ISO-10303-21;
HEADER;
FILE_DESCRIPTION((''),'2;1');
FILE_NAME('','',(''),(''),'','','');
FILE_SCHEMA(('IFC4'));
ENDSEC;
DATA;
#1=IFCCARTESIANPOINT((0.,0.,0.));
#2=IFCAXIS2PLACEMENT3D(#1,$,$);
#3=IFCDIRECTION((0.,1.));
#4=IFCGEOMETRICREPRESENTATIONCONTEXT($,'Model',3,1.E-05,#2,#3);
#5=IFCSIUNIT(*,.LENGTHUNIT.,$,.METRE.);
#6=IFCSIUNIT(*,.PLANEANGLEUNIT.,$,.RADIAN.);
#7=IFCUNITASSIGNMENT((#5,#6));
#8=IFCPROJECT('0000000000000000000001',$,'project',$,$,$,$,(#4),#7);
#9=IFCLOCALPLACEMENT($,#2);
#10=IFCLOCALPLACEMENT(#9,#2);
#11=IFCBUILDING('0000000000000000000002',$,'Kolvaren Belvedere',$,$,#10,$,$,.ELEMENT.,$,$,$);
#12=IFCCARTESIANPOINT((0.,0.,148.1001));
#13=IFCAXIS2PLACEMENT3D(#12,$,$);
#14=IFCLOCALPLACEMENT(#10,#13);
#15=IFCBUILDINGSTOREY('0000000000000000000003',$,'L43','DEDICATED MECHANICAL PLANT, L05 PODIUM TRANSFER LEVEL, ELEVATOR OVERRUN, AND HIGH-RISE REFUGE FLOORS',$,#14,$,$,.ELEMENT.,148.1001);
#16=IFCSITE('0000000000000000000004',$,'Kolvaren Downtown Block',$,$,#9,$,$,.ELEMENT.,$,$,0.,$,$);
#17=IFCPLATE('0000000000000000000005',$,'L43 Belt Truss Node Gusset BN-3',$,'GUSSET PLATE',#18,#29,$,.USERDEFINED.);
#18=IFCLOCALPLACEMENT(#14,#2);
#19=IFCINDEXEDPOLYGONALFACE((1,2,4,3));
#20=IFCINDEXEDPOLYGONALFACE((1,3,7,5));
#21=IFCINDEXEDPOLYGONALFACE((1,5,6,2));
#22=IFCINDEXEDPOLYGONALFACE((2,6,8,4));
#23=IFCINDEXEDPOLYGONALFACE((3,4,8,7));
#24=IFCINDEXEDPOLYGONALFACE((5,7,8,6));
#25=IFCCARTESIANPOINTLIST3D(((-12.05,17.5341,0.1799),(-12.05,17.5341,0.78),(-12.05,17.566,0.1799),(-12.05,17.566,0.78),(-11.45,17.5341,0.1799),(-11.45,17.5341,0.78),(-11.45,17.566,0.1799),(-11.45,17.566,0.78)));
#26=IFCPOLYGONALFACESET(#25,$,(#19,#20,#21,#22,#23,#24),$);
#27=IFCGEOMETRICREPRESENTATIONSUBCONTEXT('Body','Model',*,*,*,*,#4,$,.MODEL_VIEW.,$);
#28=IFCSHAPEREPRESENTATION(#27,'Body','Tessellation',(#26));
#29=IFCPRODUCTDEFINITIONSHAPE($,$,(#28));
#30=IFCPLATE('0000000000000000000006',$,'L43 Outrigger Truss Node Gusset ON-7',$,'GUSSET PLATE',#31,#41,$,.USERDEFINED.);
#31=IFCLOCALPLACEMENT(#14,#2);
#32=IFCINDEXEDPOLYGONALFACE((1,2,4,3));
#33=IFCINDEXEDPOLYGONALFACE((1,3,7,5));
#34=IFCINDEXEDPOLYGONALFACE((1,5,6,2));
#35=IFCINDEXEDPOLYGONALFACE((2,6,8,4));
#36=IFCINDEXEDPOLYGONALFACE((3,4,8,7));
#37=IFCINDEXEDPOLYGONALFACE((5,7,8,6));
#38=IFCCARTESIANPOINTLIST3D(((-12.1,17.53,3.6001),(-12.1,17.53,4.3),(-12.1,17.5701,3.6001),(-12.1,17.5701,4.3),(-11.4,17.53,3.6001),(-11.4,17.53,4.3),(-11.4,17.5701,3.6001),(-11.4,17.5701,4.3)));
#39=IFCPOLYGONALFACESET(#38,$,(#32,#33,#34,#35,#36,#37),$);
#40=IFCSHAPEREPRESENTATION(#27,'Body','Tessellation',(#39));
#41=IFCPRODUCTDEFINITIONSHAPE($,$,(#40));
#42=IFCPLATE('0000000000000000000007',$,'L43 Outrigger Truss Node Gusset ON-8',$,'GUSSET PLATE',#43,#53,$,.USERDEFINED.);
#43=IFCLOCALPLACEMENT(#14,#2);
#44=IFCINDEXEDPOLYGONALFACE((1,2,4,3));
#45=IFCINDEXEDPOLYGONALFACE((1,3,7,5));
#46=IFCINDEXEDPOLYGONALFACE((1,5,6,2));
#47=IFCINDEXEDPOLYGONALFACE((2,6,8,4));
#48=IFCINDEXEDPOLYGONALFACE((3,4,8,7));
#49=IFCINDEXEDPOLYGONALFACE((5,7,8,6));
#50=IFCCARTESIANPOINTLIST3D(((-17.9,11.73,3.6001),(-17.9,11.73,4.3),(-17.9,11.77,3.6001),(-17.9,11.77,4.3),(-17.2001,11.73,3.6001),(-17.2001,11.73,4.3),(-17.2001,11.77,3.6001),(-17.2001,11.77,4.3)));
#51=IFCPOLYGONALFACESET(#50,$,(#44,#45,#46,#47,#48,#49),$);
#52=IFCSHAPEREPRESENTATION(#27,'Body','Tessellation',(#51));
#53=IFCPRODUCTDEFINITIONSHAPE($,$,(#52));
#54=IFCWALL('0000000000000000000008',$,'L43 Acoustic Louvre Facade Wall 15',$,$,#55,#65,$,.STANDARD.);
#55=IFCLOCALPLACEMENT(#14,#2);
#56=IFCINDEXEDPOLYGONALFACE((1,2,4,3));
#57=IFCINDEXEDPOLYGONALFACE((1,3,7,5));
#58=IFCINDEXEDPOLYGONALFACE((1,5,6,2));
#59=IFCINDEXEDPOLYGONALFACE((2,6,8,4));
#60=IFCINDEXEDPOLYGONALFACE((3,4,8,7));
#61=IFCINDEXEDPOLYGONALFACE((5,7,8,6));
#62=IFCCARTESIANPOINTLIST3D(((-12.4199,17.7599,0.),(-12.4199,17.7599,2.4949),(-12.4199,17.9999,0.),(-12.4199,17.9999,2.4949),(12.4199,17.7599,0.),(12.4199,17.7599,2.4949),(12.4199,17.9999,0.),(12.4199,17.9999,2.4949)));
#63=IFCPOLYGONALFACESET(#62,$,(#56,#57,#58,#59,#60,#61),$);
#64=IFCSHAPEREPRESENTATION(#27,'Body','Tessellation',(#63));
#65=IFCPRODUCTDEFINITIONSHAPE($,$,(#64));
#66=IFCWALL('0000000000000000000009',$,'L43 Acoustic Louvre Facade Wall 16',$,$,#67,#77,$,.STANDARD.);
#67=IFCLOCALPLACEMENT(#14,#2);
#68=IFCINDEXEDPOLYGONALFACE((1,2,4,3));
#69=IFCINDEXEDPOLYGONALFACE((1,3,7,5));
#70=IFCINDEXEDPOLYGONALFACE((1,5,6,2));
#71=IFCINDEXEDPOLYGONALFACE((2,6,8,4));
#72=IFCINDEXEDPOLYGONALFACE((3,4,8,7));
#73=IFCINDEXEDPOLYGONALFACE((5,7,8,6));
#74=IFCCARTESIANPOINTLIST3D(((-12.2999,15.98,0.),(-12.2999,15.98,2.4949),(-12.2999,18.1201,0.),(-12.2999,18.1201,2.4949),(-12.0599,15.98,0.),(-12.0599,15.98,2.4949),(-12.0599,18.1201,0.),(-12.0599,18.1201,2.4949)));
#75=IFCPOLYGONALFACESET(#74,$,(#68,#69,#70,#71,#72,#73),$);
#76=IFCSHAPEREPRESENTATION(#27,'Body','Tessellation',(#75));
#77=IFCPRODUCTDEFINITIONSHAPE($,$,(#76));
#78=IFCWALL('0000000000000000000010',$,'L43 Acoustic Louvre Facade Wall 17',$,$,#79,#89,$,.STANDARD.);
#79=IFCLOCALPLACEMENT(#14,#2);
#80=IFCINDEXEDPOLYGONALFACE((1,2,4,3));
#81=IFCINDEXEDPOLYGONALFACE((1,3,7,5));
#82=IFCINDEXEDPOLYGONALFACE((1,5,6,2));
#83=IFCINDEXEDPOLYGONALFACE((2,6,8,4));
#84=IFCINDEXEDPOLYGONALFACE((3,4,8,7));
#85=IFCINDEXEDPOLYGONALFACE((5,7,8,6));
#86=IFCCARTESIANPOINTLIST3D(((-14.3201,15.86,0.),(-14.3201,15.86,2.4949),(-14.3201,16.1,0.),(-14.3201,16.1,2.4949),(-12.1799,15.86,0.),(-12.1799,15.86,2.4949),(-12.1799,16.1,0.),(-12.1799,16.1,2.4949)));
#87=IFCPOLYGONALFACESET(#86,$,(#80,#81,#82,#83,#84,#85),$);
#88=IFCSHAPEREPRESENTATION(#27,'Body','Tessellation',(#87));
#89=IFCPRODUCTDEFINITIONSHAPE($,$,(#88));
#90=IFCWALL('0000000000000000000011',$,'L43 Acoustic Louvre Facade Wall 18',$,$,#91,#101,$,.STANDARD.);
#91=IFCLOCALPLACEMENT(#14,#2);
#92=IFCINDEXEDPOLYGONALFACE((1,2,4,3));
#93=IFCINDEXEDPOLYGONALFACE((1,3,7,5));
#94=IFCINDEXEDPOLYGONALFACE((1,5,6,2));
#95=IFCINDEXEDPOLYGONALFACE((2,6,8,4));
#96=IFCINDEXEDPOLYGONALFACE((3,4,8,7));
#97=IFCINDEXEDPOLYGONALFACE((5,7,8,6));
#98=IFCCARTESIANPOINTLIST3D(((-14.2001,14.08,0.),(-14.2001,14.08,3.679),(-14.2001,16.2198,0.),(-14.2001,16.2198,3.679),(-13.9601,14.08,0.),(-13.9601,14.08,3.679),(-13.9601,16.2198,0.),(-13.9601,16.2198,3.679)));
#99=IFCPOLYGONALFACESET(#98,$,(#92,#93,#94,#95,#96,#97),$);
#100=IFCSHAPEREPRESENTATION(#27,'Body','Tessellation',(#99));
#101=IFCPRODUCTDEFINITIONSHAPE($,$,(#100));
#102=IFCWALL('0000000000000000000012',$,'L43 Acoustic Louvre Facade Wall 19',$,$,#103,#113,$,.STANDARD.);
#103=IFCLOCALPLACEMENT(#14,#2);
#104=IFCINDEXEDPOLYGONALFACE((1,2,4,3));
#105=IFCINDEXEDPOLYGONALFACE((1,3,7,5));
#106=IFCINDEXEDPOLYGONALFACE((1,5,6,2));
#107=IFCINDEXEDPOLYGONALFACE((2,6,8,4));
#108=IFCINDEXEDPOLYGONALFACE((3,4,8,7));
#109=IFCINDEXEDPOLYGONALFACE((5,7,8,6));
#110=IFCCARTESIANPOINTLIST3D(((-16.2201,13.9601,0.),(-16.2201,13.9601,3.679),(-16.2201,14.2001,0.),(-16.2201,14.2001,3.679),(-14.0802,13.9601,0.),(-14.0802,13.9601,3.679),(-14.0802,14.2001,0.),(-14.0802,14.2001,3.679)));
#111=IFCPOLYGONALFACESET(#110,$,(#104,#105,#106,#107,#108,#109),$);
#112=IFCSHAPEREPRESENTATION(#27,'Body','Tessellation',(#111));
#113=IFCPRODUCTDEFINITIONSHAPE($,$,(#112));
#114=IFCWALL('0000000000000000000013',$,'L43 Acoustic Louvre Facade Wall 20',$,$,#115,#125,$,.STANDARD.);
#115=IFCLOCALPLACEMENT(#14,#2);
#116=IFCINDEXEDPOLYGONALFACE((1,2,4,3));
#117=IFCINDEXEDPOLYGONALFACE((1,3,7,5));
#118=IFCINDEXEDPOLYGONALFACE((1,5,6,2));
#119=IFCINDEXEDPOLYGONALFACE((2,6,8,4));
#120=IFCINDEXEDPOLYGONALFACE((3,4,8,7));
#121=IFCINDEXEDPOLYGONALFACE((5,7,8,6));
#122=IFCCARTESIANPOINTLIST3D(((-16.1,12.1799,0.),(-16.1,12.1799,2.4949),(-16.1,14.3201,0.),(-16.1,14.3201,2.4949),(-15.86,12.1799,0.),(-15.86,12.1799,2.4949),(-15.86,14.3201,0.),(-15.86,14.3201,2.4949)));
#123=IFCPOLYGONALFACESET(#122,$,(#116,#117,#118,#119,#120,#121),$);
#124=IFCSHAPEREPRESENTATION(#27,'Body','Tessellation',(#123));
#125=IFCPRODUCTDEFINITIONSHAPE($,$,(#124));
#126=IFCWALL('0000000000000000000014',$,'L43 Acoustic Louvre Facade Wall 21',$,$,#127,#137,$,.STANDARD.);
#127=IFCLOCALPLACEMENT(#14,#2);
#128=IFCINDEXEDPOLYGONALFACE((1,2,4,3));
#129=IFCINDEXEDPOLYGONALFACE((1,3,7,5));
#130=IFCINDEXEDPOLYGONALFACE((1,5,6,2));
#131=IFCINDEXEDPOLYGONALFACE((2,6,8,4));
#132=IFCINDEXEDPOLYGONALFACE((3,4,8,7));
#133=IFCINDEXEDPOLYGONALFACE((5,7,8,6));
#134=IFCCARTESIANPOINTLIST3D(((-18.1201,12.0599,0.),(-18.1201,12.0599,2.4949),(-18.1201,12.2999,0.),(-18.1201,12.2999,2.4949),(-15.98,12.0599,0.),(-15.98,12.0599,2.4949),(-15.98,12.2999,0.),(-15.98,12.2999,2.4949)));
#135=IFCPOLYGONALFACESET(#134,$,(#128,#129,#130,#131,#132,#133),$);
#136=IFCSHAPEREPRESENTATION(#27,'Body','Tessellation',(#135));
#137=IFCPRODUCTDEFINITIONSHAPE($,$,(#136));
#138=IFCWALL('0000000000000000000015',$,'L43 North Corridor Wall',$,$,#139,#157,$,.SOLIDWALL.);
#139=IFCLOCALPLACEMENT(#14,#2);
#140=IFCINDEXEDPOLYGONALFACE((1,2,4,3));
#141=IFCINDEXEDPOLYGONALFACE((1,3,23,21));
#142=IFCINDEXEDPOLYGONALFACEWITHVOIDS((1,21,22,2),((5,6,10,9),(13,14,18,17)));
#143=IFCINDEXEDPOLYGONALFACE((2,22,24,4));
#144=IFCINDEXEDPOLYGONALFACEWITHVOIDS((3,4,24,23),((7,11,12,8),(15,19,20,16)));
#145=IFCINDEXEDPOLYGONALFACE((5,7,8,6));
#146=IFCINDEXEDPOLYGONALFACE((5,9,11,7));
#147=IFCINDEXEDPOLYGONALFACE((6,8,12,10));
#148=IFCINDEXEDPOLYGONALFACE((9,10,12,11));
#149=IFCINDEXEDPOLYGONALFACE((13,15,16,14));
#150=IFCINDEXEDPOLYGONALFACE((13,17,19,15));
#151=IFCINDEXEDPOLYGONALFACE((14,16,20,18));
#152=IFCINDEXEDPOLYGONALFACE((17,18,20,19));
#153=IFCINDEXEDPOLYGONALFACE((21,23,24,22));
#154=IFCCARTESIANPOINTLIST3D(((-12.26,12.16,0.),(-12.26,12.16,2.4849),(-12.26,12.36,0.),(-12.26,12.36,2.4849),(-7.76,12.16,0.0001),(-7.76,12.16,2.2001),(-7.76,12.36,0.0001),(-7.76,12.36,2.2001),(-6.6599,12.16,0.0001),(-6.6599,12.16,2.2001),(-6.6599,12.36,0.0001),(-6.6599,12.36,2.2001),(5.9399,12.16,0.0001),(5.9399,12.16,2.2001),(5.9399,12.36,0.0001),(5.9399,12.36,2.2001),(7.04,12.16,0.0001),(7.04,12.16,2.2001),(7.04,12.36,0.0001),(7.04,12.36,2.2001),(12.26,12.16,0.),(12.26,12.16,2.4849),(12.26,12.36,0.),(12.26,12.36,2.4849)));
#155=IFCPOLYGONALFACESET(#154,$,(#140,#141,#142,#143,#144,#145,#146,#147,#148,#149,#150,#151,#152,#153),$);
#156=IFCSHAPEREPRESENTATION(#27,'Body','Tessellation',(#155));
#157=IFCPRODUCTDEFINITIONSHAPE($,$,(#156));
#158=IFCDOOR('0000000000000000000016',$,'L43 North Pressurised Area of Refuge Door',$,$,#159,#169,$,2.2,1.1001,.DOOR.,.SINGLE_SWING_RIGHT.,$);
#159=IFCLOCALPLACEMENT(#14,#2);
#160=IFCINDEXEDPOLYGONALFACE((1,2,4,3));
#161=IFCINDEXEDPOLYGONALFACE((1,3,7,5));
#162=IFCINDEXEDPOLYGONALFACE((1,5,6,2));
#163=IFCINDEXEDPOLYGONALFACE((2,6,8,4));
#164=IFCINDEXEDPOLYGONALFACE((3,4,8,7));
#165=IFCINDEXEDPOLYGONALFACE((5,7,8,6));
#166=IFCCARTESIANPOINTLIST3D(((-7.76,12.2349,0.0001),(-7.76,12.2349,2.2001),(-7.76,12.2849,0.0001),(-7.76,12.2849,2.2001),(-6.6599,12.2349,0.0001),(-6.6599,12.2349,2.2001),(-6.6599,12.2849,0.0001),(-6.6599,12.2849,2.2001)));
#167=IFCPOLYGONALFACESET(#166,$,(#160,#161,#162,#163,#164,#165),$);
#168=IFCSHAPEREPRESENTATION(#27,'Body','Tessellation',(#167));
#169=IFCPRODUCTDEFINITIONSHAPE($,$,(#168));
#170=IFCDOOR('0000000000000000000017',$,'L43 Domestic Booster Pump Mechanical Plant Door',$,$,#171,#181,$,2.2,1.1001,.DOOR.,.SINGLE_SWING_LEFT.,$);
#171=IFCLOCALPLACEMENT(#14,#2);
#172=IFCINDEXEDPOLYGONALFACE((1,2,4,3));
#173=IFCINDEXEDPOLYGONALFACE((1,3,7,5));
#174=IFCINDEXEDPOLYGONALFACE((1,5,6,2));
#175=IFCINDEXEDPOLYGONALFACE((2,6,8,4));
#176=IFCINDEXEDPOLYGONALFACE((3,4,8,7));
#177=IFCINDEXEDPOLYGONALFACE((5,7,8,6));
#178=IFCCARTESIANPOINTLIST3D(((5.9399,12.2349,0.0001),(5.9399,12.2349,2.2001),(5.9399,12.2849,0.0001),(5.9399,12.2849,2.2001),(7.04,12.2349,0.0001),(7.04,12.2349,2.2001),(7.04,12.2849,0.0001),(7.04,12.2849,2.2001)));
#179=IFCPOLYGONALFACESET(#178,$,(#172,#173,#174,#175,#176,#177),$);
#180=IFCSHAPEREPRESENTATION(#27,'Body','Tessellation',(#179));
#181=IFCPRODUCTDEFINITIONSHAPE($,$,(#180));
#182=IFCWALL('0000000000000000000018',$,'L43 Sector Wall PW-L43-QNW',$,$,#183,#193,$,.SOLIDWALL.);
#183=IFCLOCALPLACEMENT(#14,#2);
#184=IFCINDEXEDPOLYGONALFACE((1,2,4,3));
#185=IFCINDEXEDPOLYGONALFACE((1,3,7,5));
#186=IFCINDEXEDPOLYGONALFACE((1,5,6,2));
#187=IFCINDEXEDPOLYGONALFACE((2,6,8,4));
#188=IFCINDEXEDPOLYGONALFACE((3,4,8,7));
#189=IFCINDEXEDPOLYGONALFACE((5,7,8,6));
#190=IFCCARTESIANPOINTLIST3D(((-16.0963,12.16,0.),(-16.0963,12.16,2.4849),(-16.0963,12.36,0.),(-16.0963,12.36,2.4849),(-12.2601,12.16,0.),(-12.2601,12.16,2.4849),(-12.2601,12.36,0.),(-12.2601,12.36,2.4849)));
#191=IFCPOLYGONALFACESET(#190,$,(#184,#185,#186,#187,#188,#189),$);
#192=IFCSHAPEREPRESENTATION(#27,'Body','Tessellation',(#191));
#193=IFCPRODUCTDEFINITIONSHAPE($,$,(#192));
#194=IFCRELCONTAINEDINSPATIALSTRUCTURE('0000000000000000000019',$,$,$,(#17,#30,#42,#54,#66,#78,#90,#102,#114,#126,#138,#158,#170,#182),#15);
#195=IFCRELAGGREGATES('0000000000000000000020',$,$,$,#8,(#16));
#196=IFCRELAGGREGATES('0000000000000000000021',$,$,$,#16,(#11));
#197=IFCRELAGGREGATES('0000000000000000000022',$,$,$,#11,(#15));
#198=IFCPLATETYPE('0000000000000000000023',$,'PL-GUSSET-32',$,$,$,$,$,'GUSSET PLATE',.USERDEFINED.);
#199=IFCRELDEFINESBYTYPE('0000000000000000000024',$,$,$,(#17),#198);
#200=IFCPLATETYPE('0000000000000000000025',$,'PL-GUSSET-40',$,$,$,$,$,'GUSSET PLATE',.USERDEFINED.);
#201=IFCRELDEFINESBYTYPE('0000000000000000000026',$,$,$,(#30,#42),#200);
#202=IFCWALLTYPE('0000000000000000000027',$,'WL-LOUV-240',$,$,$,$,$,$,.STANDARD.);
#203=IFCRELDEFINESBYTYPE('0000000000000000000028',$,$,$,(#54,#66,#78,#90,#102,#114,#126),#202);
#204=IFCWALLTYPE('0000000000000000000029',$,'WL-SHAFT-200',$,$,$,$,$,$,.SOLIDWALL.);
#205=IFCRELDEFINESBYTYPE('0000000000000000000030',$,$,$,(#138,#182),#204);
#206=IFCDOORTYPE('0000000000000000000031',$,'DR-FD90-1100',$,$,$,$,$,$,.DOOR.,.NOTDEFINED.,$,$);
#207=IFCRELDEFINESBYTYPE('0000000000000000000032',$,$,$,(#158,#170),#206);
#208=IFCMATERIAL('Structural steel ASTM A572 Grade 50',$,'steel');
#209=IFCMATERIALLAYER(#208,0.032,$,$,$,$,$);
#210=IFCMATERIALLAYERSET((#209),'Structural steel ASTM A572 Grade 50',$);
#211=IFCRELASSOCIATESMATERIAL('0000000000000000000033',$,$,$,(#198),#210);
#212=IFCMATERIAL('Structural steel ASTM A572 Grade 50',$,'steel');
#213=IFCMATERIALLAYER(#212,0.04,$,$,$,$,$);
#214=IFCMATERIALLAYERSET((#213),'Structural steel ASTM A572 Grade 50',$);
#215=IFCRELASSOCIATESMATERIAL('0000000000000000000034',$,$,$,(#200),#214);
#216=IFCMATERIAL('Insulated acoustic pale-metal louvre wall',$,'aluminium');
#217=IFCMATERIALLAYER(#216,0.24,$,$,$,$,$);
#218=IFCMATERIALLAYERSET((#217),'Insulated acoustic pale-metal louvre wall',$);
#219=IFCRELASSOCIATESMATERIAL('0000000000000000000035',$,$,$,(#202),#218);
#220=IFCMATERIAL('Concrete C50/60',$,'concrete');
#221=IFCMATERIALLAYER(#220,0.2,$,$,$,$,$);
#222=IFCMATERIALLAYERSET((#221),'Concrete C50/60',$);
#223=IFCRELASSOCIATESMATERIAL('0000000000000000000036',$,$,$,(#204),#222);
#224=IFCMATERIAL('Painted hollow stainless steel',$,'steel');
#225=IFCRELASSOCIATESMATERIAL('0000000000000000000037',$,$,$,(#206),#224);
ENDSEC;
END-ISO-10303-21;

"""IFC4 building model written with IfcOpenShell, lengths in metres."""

from ifc_helpers import new_model, si_unit, direction, frame, frame_2d, origin, origin_2d, place, context, subcontext, project, spatial, rectangle, extrude, material, layer, layer_set, type_object, element, fill, save


model = new_model("IFC4")

# Units and contexts
model_context = context("Model", 3, precision=1e-05, world=origin(), true_north=direction((0.0, 1.0)))
body_context = subcontext(model_context, "Body", "Model", "MODEL_VIEW")
ifc_project = project(units=[si_unit("LENGTHUNIT", "METRE"), si_unit("PLANEANGLEUNIT", "RADIAN")], contexts=[model_context])

# Site, building, storey
site_placement = place(None, origin())
site = spatial("IfcSite", under=ifc_project, at=site_placement, Name="Kolvaren Downtown Block", CompositionType="ELEMENT", RefElevation=0.0)
building_placement = place(site_placement, origin())
building = spatial("IfcBuilding", under=site, at=building_placement, Name="Kolvaren Belvedere", CompositionType="ELEMENT")
storey_placement = place(building_placement, frame((0.0, 0.0, 148.1001)))
storey = spatial("IfcBuildingStorey", under=building, at=storey_placement, Name="L43", Description="DEDICATED MECHANICAL PLANT, L05 PODIUM TRANSFER LEVEL, ELEVATOR OVERRUN, AND HIGH-RISE REFUGE FLOORS", CompositionType="ELEMENT", Elevation=148.1001)

# Plates
ifc_material_1 = material(Name="Structural steel ASTM A572 Grade 50", Category="steel")
ifc_layer_1 = layer(ifc_material_1, 0.032)
ifc_layer_set_1 = layer_set([ifc_layer_1], Name="Structural steel ASTM A572 Grade 50")
plate_type_1 = type_object("IfcPlateType", Name="PL-GUSSET-32", ElementType="GUSSET PLATE", PredefinedType="USERDEFINED", material=ifc_layer_set_1)
plate_placement = place(storey_placement, frame((-11.75, 17.55, 0.1799), z_axis=(0.0, 0.0, 1.0), x_axis=(1.0, 0.0, 0.0)))
element("IfcPlate", 1, at=plate_placement, inside=storey, type_object=plate_type_1, Name="L43 Belt Truss Node Gusset BN-3", ObjectType="GUSSET PLATE", PredefinedType="USERDEFINED", context=body_context, shape_type="SweptSolid", body=[
    extrude(rectangle(XDim=0.6001, YDim=0.032, at=origin_2d()), origin(), (0.0, 0.0, 1.0), 0.6001),
])
ifc_material_2 = material(Name="Structural steel ASTM A572 Grade 50", Category="steel")
ifc_layer_2 = layer(ifc_material_2, 0.04)
ifc_layer_set_2 = layer_set([ifc_layer_2], Name="Structural steel ASTM A572 Grade 50")
plate_type_2 = type_object("IfcPlateType", Name="PL-GUSSET-40", ElementType="GUSSET PLATE", PredefinedType="USERDEFINED", material=ifc_layer_set_2)
for number, where, z_axis, x_axis, name in (
    (2, (-11.75, 17.55, 3.6001), (0.0, 0.0, 1.0), (1.0, 0.0, 0.0), "L43 Outrigger Truss Node Gusset ON-7"),
    (3, (-17.55, 11.75, 3.6001), (0.0, 0.0, 1.0), (1.0, 0.0, 0.0), "L43 Outrigger Truss Node Gusset ON-8"),
):
    element("IfcPlate", number, at=place(storey_placement, frame(where, z_axis=z_axis, x_axis=x_axis)), inside=storey, type_object=plate_type_2, Name=name, ObjectType="GUSSET PLATE", PredefinedType="USERDEFINED", context=body_context, shape_type="SweptSolid", body=[
        extrude(rectangle(XDim=0.7, YDim=0.04, at=origin_2d()), origin(), (0.0, 0.0, 1.0), 0.7),
    ])

# Walls
ifc_material_3 = material(Name="Insulated acoustic pale-metal louvre wall", Category="aluminium")
ifc_layer_3 = layer(ifc_material_3, 0.24)
ifc_layer_set_3 = layer_set([ifc_layer_3], Name="Insulated acoustic pale-metal louvre wall")
wall_type_1 = type_object("IfcWallType", Name="WL-LOUV-240", PredefinedType="STANDARD", material=ifc_layer_set_3)
wall_1_placement = place(storey_placement, frame((-12.4199, 17.8799, 0.0), z_axis=(0.0, 0.0, 1.0), x_axis=(1.0, 0.0, 0.0)))
element("IfcWall", 4, at=wall_1_placement, inside=storey, type_object=wall_type_1, Name="L43 Acoustic Louvre Facade Wall 15", PredefinedType="STANDARD", context=body_context, shape_type="SweptSolid", body=[
    extrude(rectangle(XDim=24.8398, YDim=0.24, at=frame_2d((12.4199, 0.0))), origin(), (0.0, 0.0, 1.0), 2.4949),
])
for number, where, z_axis, x_axis, name in (
    (5, (-12.1799, 15.98, 0.0), (0.0, 0.0, 1.0), (0.0, 1.0, 0.0), "L43 Acoustic Louvre Facade Wall 16"),
    (6, (-14.3201, 15.98, 0.0), (0.0, 0.0, 1.0), (1.0, 0.0, 0.0), "L43 Acoustic Louvre Facade Wall 17"),
):
    element("IfcWall", number, at=place(storey_placement, frame(where, z_axis=z_axis, x_axis=x_axis)), inside=storey, type_object=wall_type_1, Name=name, PredefinedType="STANDARD", context=body_context, shape_type="SweptSolid", body=[
        extrude(rectangle(XDim=2.1401, YDim=0.24, at=frame_2d((1.0701, 0.0))), origin(), (0.0, 0.0, 1.0), 2.4949),
    ])
for number, where, z_axis, x_axis, name in (
    (7, (-14.0801, 14.0801, 0.0), (0.0, 0.0, 1.0), (0.0, 1.0, 0.0), "L43 Acoustic Louvre Facade Wall 18"),
    (8, (-16.22, 14.0801, 0.0), (0.0, 0.0, 1.0), (1.0, 0.0, 0.0), "L43 Acoustic Louvre Facade Wall 19"),
):
    element("IfcWall", number, at=place(storey_placement, frame(where, z_axis=z_axis, x_axis=x_axis)), inside=storey, type_object=wall_type_1, Name=name, PredefinedType="STANDARD", context=body_context, shape_type="SweptSolid", body=[
        extrude(rectangle(XDim=2.1399, YDim=0.24, at=frame_2d((1.0698, 0.0))), origin(), (0.0, 0.0, 1.0), 3.679),
    ])
for number, where, z_axis, x_axis, name in (
    (9, (-15.98, 12.1799, 0.0), (0.0, 0.0, 1.0), (0.0, 1.0, 0.0), "L43 Acoustic Louvre Facade Wall 20"),
    (10, (-18.1201, 12.1799, 0.0), (0.0, 0.0, 1.0), (1.0, 0.0, 0.0), "L43 Acoustic Louvre Facade Wall 21"),
):
    element("IfcWall", number, at=place(storey_placement, frame(where, z_axis=z_axis, x_axis=x_axis)), inside=storey, type_object=wall_type_1, Name=name, PredefinedType="STANDARD", context=body_context, shape_type="SweptSolid", body=[
        extrude(rectangle(XDim=2.1401, YDim=0.24, at=frame_2d((1.0701, 0.0))), origin(), (0.0, 0.0, 1.0), 2.4949),
    ])

# Wall, openings, doors
ifc_material_4 = material(Name="Concrete C50/60", Category="concrete")
ifc_layer_4 = layer(ifc_material_4, 0.2)
ifc_layer_set_4 = layer_set([ifc_layer_4], Name="Concrete C50/60")
wall_type_2 = type_object("IfcWallType", Name="WL-SHAFT-200", PredefinedType="SOLIDWALL", material=ifc_layer_set_4)
wall_2_placement = place(storey_placement, frame((-12.26, 12.26, 0.0), z_axis=(0.0, 0.0, 1.0), x_axis=(1.0, 0.0, 0.0)))
wall_2 = element("IfcWall", 11, at=wall_2_placement, inside=storey, type_object=wall_type_2, Name="L43 North Corridor Wall", PredefinedType="SOLIDWALL", context=body_context, shape_type="SweptSolid", body=[
    extrude(rectangle(XDim=24.52, YDim=0.2, at=frame_2d((12.26, 0.0))), origin(), (0.0, 0.0, 1.0), 2.4849),
])
opening_1_placement = place(wall_2_placement, frame((4.5, 0.0, 0.0)))
opening_1 = element("IfcOpeningElement", 12, at=opening_1_placement, cuts=wall_2, PredefinedType="OPENING", context=body_context, shape_type="SweptSolid", body=[
    extrude(rectangle(XDim=1.1001, YDim=2.2, at=frame_2d((0.55, 1.1001))), frame((0.0, 0.1099, 0.0), z_axis=(0.0, -1.0, 0.0), x_axis=(1.0, 0.0, 0.0)), (0.0, 0.0, 1.0), 0.22),
])
opening_2_placement = place(wall_2_placement, frame((18.2, 0.0, 0.0)))
opening_2 = element("IfcOpeningElement", 13, at=opening_2_placement, cuts=wall_2, PredefinedType="OPENING", context=body_context, shape_type="SweptSolid", body=[
    extrude(rectangle(XDim=1.1001, YDim=2.2, at=frame_2d((0.55, 1.1001))), frame((0.0, 0.1099, 0.0), z_axis=(0.0, -1.0, 0.0), x_axis=(1.0, 0.0, 0.0)), (0.0, 0.0, 1.0), 0.22),
])
ifc_material_5 = material(Name="Painted hollow stainless steel", Category="steel")
door_type = type_object("IfcDoorType", Name="DR-FD90-1100", OperationType="NOTDEFINED", PredefinedType="DOOR", material=ifc_material_5)
door_1_placement = place(opening_1_placement, origin())
door_1 = element("IfcDoor", 14, at=door_1_placement, inside=storey, type_object=door_type, Name="L43 North Pressurised Area of Refuge Door", OperationType="SINGLE_SWING_RIGHT", OverallHeight=2.2, OverallWidth=1.1001, PredefinedType="DOOR", context=body_context, shape_type="SweptSolid", body=[
    extrude(rectangle(XDim=1.1001, YDim=2.2, at=frame_2d((0.55, 1.1001))), frame((0.0, 0.0249, 0.0), z_axis=(0.0, -1.0, 0.0), x_axis=(1.0, 0.0, 0.0)), (0.0, 0.0, 1.0), 0.05),
])
fill(opening_1, door_1)
door_2_placement = place(opening_2_placement, origin())
door_2 = element("IfcDoor", 15, at=door_2_placement, inside=storey, type_object=door_type, Name="L43 Domestic Booster Pump Mechanical Plant Door", OperationType="SINGLE_SWING_LEFT", OverallHeight=2.2, OverallWidth=1.1001, PredefinedType="DOOR", context=body_context, shape_type="SweptSolid", body=[
    extrude(rectangle(XDim=1.1001, YDim=2.2, at=frame_2d((0.55, 1.1001))), frame((0.0, 0.0249, 0.0), z_axis=(0.0, -1.0, 0.0), x_axis=(1.0, 0.0, 0.0)), (0.0, 0.0, 1.0), 0.05),
])
fill(opening_2, door_2)

# Wall
wall_3_placement = place(storey_placement, frame((-16.0962, 12.26, 0.0), z_axis=(0.0, 0.0, 1.0), x_axis=(1.0, 0.0, 0.0)))
element("IfcWall", 16, at=wall_3_placement, inside=storey, type_object=wall_type_2, Name="L43 Sector Wall PW-L43-QNW", PredefinedType="SOLIDWALL", context=body_context, shape_type="SweptSolid", body=[
    extrude(rectangle(XDim=3.8362, YDim=0.2, at=frame_2d((1.918, 0.0))), origin(), (0.0, 0.0, 1.0), 2.4849),
])

save(model, "model.ifc")
